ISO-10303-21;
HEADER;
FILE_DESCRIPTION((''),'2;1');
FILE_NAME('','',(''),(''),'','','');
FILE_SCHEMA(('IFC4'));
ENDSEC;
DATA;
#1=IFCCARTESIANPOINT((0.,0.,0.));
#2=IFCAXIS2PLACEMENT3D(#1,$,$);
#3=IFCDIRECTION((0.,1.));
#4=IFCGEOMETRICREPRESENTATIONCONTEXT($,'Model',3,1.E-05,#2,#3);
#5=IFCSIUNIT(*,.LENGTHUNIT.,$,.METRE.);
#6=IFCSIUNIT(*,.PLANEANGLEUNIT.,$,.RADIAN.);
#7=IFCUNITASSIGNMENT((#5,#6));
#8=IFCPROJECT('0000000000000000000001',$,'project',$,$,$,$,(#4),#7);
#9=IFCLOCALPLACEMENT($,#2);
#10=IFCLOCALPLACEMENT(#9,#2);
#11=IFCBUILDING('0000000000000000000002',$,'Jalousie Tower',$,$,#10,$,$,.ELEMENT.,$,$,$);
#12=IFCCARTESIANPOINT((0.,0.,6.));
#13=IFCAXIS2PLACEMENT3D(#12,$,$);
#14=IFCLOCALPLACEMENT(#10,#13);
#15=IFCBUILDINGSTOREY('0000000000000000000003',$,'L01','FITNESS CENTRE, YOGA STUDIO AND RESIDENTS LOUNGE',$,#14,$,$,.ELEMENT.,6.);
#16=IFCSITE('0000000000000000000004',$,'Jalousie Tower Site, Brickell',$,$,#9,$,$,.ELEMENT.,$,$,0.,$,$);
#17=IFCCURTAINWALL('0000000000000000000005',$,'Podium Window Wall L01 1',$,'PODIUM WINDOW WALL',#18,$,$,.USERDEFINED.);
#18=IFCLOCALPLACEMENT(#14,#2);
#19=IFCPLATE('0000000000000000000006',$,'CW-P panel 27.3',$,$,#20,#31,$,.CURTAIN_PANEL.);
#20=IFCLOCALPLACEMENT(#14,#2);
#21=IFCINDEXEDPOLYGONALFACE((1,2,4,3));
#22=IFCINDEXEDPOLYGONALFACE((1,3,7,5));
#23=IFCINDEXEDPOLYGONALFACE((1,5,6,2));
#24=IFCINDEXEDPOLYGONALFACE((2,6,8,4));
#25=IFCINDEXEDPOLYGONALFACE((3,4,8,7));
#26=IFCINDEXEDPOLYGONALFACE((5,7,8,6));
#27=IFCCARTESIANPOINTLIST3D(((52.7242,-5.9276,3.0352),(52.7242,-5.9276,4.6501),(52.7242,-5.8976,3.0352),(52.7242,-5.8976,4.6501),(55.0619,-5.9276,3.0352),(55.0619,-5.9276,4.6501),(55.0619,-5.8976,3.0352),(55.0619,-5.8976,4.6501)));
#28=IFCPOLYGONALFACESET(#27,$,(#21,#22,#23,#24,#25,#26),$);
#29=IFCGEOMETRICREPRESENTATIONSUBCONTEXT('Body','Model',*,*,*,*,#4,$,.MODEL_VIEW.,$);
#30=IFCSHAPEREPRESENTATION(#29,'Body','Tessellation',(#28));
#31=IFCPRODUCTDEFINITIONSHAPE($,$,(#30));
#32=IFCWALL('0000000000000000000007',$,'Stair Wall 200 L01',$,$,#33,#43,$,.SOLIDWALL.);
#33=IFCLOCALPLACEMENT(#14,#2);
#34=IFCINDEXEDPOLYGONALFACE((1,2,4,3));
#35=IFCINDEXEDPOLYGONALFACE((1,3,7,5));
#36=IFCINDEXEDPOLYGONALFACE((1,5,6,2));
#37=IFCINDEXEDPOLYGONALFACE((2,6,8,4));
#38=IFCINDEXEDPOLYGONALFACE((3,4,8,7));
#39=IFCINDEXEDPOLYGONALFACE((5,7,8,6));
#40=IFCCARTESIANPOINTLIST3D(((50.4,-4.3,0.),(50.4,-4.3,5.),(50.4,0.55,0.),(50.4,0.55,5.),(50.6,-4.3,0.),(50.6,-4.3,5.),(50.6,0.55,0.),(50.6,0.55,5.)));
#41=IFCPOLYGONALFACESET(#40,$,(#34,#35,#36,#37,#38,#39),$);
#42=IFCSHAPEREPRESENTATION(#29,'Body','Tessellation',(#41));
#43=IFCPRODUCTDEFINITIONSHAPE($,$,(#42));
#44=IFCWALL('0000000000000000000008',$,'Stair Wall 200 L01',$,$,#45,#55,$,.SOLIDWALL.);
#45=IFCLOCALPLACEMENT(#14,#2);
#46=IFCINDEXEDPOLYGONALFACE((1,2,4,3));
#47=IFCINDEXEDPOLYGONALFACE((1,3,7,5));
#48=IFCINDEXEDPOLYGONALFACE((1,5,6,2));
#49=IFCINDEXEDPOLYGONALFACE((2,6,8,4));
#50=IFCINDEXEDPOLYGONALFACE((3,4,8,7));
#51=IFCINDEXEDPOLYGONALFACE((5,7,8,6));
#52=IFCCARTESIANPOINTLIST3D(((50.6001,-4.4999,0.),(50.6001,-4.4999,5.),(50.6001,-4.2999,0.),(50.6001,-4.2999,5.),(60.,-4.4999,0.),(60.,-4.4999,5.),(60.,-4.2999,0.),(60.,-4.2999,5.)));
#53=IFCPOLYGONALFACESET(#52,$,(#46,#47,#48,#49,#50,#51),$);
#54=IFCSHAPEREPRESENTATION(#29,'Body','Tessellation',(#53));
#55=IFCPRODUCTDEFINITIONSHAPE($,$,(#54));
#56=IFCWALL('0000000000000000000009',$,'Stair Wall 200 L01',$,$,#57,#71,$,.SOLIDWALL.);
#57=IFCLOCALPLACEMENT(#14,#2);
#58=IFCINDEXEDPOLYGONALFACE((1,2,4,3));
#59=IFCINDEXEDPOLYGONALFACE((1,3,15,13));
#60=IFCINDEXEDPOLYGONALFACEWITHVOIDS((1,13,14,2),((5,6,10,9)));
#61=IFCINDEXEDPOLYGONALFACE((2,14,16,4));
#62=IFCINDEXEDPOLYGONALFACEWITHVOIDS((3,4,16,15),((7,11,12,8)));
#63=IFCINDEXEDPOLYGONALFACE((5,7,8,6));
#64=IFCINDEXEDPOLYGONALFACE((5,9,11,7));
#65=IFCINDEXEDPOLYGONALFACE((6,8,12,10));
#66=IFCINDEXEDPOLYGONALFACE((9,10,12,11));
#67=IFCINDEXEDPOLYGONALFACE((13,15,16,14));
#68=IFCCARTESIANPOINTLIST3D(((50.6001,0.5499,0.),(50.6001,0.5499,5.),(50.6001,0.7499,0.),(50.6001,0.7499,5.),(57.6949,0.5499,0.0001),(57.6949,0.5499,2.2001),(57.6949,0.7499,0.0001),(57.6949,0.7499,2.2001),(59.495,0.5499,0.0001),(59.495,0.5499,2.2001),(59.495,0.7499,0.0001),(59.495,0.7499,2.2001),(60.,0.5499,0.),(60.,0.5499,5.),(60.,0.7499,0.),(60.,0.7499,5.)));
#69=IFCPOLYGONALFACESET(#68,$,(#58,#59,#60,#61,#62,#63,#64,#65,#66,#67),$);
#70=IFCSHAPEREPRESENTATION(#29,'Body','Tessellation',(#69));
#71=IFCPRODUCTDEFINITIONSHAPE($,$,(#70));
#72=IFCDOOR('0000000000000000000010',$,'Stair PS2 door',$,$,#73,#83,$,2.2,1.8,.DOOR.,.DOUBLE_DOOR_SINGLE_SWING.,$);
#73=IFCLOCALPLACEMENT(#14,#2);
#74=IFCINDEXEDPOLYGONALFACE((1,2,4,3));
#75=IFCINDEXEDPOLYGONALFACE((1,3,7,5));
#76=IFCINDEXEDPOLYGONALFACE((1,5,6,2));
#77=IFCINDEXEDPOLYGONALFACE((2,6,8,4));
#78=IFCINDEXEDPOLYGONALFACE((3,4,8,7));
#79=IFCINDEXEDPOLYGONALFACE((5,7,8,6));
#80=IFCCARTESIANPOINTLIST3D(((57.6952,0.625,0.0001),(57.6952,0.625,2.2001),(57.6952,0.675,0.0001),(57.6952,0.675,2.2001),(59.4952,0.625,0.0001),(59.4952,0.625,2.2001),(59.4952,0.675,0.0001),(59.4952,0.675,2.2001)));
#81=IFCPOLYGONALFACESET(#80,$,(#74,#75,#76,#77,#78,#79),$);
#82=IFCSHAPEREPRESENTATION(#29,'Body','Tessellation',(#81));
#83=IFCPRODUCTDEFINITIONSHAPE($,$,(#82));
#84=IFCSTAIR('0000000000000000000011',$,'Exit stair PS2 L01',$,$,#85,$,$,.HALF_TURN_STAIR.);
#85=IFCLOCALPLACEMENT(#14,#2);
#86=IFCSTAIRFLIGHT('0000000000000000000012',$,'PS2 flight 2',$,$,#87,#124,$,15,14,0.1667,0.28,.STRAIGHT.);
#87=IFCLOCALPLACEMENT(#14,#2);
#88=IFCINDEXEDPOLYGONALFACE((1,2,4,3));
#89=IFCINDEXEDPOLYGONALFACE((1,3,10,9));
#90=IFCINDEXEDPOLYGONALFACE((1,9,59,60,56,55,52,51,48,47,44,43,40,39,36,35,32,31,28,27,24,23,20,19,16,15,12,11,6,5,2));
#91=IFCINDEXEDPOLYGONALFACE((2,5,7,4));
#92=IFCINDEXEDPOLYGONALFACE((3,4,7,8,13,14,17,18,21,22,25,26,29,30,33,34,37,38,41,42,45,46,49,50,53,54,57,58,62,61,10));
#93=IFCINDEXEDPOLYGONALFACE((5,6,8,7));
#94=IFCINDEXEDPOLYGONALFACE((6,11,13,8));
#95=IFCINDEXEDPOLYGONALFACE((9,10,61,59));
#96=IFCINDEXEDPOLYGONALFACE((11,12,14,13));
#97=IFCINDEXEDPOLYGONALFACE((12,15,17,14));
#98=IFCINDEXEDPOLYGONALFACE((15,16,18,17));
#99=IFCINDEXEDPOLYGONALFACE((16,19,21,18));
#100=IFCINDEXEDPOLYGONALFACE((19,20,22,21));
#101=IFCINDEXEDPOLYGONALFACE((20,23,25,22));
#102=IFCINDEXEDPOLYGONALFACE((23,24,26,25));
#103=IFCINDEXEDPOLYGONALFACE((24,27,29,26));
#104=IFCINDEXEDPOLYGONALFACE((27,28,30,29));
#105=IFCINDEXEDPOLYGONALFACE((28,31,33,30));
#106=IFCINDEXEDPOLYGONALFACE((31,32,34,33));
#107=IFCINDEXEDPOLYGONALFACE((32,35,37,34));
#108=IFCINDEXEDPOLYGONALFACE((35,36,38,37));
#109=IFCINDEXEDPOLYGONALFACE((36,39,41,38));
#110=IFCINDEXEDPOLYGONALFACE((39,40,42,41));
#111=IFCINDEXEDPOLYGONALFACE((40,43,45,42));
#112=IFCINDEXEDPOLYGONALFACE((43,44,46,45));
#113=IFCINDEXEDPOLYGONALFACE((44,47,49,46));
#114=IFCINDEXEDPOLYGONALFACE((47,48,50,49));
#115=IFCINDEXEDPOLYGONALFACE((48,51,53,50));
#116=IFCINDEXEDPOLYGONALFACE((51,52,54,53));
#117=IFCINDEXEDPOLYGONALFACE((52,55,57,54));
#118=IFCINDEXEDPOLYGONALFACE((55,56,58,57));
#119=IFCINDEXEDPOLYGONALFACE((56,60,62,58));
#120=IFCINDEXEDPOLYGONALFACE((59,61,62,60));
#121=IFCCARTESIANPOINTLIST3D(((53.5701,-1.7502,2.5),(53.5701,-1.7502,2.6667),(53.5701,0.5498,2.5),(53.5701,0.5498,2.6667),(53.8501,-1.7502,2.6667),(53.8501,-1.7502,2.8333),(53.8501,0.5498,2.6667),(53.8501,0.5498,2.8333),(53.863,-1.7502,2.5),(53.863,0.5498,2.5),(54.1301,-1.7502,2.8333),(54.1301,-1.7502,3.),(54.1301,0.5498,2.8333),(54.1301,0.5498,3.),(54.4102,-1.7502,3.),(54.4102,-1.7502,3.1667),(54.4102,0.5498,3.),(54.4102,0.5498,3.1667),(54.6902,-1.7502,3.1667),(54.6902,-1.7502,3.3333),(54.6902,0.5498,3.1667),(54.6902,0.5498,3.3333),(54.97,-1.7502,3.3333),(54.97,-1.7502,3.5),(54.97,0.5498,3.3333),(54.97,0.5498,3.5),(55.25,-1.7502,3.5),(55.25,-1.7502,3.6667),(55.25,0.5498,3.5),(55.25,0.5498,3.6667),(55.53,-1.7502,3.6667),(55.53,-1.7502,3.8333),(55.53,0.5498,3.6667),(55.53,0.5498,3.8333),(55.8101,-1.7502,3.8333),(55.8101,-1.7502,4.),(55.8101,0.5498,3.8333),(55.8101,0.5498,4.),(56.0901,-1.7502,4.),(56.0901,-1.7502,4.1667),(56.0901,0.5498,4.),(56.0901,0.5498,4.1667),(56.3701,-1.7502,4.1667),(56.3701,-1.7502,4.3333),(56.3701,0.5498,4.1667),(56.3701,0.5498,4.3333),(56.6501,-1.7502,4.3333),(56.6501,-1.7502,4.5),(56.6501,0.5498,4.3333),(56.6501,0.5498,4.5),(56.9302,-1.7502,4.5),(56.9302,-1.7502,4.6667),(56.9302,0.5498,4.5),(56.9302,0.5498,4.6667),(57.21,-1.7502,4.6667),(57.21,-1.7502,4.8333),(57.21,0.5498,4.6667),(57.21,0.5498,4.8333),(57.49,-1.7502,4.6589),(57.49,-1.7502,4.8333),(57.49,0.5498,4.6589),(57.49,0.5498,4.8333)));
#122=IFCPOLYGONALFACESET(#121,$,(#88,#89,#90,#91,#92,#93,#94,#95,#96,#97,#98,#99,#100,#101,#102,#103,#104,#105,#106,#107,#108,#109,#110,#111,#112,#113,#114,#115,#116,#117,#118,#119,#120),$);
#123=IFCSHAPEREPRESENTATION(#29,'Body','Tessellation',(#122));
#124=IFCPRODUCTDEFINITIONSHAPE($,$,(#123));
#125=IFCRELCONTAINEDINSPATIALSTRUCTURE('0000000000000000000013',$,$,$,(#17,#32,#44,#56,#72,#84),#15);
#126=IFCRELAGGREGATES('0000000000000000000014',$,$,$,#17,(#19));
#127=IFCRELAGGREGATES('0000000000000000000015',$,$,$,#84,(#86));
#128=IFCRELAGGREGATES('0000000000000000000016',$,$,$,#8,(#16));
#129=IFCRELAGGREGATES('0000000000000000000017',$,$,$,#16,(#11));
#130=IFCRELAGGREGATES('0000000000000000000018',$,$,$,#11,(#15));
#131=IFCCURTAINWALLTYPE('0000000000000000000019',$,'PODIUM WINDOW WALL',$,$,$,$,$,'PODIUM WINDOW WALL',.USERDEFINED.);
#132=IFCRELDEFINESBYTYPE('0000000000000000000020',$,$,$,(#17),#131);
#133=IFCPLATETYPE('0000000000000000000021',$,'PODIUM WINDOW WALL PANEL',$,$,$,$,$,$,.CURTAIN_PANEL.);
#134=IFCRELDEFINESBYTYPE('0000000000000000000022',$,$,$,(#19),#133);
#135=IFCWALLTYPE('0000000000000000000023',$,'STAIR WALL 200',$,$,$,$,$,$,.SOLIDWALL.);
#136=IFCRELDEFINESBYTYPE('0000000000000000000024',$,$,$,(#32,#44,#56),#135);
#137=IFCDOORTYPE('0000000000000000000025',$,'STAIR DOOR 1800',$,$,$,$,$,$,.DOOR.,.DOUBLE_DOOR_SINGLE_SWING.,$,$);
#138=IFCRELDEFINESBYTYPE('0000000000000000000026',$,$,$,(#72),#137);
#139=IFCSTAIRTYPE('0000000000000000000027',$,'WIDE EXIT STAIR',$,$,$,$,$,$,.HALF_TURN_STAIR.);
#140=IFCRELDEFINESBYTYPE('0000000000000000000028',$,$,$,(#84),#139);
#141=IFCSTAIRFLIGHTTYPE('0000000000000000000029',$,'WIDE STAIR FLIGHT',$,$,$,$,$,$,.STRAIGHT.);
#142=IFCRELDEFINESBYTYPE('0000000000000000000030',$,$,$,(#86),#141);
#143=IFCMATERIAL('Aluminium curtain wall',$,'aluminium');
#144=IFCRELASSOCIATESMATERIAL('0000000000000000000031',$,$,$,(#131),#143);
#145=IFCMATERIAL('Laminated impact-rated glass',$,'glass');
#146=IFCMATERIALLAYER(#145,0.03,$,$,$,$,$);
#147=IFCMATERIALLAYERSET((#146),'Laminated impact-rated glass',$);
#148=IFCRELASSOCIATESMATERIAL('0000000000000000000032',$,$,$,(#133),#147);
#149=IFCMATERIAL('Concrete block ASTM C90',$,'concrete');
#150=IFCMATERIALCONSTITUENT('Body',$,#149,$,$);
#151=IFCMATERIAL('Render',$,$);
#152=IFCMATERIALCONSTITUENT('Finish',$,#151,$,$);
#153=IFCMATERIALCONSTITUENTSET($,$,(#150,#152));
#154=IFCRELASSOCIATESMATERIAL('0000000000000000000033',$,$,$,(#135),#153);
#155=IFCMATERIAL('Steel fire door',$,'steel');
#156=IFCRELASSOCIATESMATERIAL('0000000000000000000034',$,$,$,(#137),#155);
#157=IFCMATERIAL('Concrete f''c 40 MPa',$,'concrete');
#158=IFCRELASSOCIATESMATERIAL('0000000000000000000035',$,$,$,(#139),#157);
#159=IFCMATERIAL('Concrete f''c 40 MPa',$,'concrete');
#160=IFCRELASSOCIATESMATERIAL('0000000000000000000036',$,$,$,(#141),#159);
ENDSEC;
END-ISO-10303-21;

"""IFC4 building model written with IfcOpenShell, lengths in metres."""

from ifc_helpers import new_model, si_unit, direction, frame, frame_2d, origin, origin_2d, place, context, subcontext, project, spatial, polyline, rectangle, outline, extrude, material, layer, layer_set, constituent, constituent_set, type_object, element, fill, aggregate, save


model = new_model("IFC4")

# Units and contexts
model_context = context("Model", 3, precision=1e-05, world=origin(), true_north=direction((0.0, 1.0)))
body_context = subcontext(model_context, "Body", "Model", "MODEL_VIEW")
ifc_project = project(units=[si_unit("LENGTHUNIT", "METRE"), si_unit("PLANEANGLEUNIT", "RADIAN")], contexts=[model_context])

# Site, building, storey
site_placement = place(None, origin())
site = spatial("IfcSite", under=ifc_project, at=site_placement, Name="Jalousie Tower Site, Brickell", CompositionType="ELEMENT", RefElevation=0.0)
building_placement = place(site_placement, origin())
building = spatial("IfcBuilding", under=site, at=building_placement, Name="Jalousie Tower", CompositionType="ELEMENT")
storey_placement = place(building_placement, frame((0.0, 0.0, 6.0)))
storey = spatial("IfcBuildingStorey", under=building, at=storey_placement, Name="L01", Description="FITNESS CENTRE, YOGA STUDIO AND RESIDENTS LOUNGE", CompositionType="ELEMENT", Elevation=6.0)

# Curtain wall
ifc_material_1 = material(Name="Aluminium curtain wall", Category="aluminium")
curtain_wall_type = type_object("IfcCurtainWallType", Name="PODIUM WINDOW WALL", ElementType="PODIUM WINDOW WALL", PredefinedType="USERDEFINED", material=ifc_material_1)
curtain_wall_placement = place(storey_placement, origin())
curtain_wall = element("IfcCurtainWall", 1, at=curtain_wall_placement, inside=storey, type_object=curtain_wall_type, Name="Podium Window Wall L01 1", ObjectType="PODIUM WINDOW WALL", PredefinedType="USERDEFINED")

# Plate
ifc_material_2 = material(Name="Laminated impact-rated glass", Category="glass")
ifc_layer = layer(ifc_material_2, 0.03)
ifc_layer_set = layer_set([ifc_layer], Name="Laminated impact-rated glass")
plate_type = type_object("IfcPlateType", Name="PODIUM WINDOW WALL PANEL", PredefinedType="CURTAIN_PANEL", material=ifc_layer_set)
plate_1_placement = place(storey_placement, frame((53.8931, -5.9126, 3.0352), z_axis=(0.0, 0.0, 1.0), x_axis=(1.0, 0.0, 0.0)))
plate_1 = element("IfcPlate", 2, at=plate_1_placement, type_object=plate_type, Name="CW-P panel 27.3", PredefinedType="CURTAIN_PANEL", context=body_context, shape_type="SweptSolid", body=[
    extrude(rectangle(XDim=2.3376, YDim=0.03, at=origin_2d()), origin(), (0.0, 0.0, 1.0), 1.615),
])
aggregate(curtain_wall, [plate_1])

# Walls
ifc_material_3 = material(Name="Concrete block ASTM C90", Category="concrete")
ifc_constituent_1 = constituent(ifc_material_3, Name="Body")
ifc_material_4 = material(Name="Render")
ifc_constituent_2 = constituent(ifc_material_4, Name="Finish")
ifc_constituent_set_1 = constituent_set(constituents=[ifc_constituent_1, ifc_constituent_2])
wall_type = type_object("IfcWallType", Name="STAIR WALL 200", PredefinedType="SOLIDWALL", material=ifc_constituent_set_1)
wall_1_placement = place(storey_placement, frame((50.5, -4.3, 0.0), z_axis=(0.0, 0.0, 1.0), x_axis=(0.0, 1.0, 0.0)))
element("IfcWall", 3, at=wall_1_placement, inside=storey, type_object=wall_type, Name="Stair Wall 200 L01", PredefinedType="SOLIDWALL", context=body_context, shape_type="SweptSolid", body=[
    extrude(rectangle(XDim=4.8501, YDim=0.2, at=frame_2d((2.425, 0.0))), origin(), (0.0, 0.0, 1.0), 5.0),
])
wall_2_placement = place(storey_placement, frame((50.6001, -4.3999, 0.0), z_axis=(0.0, 0.0, 1.0), x_axis=(1.0, 0.0, 0.0)))
element("IfcWall", 4, at=wall_2_placement, inside=storey, type_object=wall_type, Name="Stair Wall 200 L01", PredefinedType="SOLIDWALL", context=body_context, shape_type="SweptSolid", body=[
    extrude(rectangle(XDim=9.3999, YDim=0.2, at=frame_2d((4.7, 0.0))), origin(), (0.0, 0.0, 1.0), 5.0),
])

# Wall, opening, door
wall_3_placement = place(storey_placement, frame((50.6001, 0.6499, 0.0), z_axis=(0.0, 0.0, 1.0), x_axis=(1.0, 0.0, 0.0)))
wall_3 = element("IfcWall", 5, at=wall_3_placement, inside=storey, type_object=wall_type, Name="Stair Wall 200 L01", PredefinedType="SOLIDWALL", context=body_context, shape_type="SweptSolid", body=[
    extrude(rectangle(XDim=9.3999, YDim=0.2, at=frame_2d((4.7, 0.0))), origin(), (0.0, 0.0, 1.0), 5.0),
])
opening_placement = place(wall_3_placement, frame((7.095, 0.0, 0.0)))
opening = element("IfcOpeningElement", 6, at=opening_placement, cuts=wall_3, PredefinedType="OPENING", context=body_context, shape_type="SweptSolid", body=[
    extrude(rectangle(XDim=1.8, YDim=2.2, at=frame_2d((0.8999, 1.1001))), frame((0.0, 0.1099, 0.0), z_axis=(0.0, -1.0, 0.0), x_axis=(1.0, 0.0, 0.0)), (0.0, 0.0, 1.0), 0.22),
])
ifc_material_5 = material(Name="Steel fire door", Category="steel")
door_type = type_object("IfcDoorType", Name="STAIR DOOR 1800", OperationType="DOUBLE_DOOR_SINGLE_SWING", PredefinedType="DOOR", material=ifc_material_5)
door_placement = place(opening_placement, frame((1.8, 0.0, 0.0), z_axis=(0.0, 0.0, 1.0), x_axis=(-1.0, 0.0, 0.0)))
door = element("IfcDoor", 7, at=door_placement, inside=storey, type_object=door_type, Name="Stair PS2 door", OperationType="DOUBLE_DOOR_SINGLE_SWING", OverallHeight=2.2, OverallWidth=1.8, PredefinedType="DOOR", context=body_context, shape_type="SweptSolid", body=[
    extrude(rectangle(XDim=1.8, YDim=2.2, at=frame_2d((0.8999, 1.1001))), frame((0.0, 0.0249, 0.0), z_axis=(0.0, -1.0, 0.0), x_axis=(1.0, 0.0, 0.0)), (0.0, 0.0, 1.0), 0.05),
])
fill(opening, door)

# Stair, stair flight
ifc_material_6 = material(Name="Concrete f'c 40 MPa", Category="concrete")
stair_type = type_object("IfcStairType", Name="WIDE EXIT STAIR", PredefinedType="HALF_TURN_STAIR", material=ifc_material_6)
stair_placement = place(storey_placement, origin())
stair = element("IfcStair", 8, at=stair_placement, inside=storey, type_object=stair_type, Name="Exit stair PS2 L01", PredefinedType="HALF_TURN_STAIR")
ifc_material_7 = material(Name="Concrete f'c 40 MPa", Category="concrete")
stair_flight_type = type_object("IfcStairFlightType", Name="WIDE STAIR FLIGHT", PredefinedType="STRAIGHT", material=ifc_material_7)
stair_flight_placement = place(storey_placement, frame((53.5701, -0.6001, 2.5), z_axis=(0.0, 0.0, 1.0), x_axis=(1.0, 0.0, 0.0)))
stair_flight = element("IfcStairFlight", 9, at=stair_flight_placement, type_object=stair_flight_type, Name="PS2 flight 2", NumberOfRisers=15, NumberOfTreads=14, PredefinedType="STRAIGHT", RiserHeight=0.1667, TreadLength=0.28, context=body_context, shape_type="SweptSolid", body=[
    extrude(outline(polyline([(0.0, 0.0), (0.0, 0.1667), (0.28, 0.1667), (0.28, 0.3333), (0.5601, 0.3333), (0.5601, 0.5), (0.8401, 0.5), (0.8401, 0.6667), (1.1201, 0.6667), (1.1201, 0.8333), (1.3999, 0.8333), (1.3999, 1.0), (1.6799, 1.0), (1.6799, 1.1667), (1.96, 1.1667), (1.96, 1.3333), (2.24, 1.3333), (2.24, 1.5), (2.52, 1.5), (2.52, 1.6667), (2.8, 1.6667), (2.8, 1.8333), (3.0801, 1.8333), (3.0801, 2.0), (3.3601, 2.0), (3.3601, 2.1667), (3.6399, 2.1667), (3.6399, 2.3333), (3.9199, 2.3333), (3.9199, 2.5), (3.9199, 2.1589), (0.293, 0.0), (0.0, 0.0)])), frame((0.0, 1.1499, 0.0), z_axis=(0.0, -1.0, 0.0), x_axis=(1.0, 0.0, 0.0)), (0.0, 0.0, 1.0), 2.3),
])
aggregate(stair, [stair_flight])

save(model, "model.ifc")
